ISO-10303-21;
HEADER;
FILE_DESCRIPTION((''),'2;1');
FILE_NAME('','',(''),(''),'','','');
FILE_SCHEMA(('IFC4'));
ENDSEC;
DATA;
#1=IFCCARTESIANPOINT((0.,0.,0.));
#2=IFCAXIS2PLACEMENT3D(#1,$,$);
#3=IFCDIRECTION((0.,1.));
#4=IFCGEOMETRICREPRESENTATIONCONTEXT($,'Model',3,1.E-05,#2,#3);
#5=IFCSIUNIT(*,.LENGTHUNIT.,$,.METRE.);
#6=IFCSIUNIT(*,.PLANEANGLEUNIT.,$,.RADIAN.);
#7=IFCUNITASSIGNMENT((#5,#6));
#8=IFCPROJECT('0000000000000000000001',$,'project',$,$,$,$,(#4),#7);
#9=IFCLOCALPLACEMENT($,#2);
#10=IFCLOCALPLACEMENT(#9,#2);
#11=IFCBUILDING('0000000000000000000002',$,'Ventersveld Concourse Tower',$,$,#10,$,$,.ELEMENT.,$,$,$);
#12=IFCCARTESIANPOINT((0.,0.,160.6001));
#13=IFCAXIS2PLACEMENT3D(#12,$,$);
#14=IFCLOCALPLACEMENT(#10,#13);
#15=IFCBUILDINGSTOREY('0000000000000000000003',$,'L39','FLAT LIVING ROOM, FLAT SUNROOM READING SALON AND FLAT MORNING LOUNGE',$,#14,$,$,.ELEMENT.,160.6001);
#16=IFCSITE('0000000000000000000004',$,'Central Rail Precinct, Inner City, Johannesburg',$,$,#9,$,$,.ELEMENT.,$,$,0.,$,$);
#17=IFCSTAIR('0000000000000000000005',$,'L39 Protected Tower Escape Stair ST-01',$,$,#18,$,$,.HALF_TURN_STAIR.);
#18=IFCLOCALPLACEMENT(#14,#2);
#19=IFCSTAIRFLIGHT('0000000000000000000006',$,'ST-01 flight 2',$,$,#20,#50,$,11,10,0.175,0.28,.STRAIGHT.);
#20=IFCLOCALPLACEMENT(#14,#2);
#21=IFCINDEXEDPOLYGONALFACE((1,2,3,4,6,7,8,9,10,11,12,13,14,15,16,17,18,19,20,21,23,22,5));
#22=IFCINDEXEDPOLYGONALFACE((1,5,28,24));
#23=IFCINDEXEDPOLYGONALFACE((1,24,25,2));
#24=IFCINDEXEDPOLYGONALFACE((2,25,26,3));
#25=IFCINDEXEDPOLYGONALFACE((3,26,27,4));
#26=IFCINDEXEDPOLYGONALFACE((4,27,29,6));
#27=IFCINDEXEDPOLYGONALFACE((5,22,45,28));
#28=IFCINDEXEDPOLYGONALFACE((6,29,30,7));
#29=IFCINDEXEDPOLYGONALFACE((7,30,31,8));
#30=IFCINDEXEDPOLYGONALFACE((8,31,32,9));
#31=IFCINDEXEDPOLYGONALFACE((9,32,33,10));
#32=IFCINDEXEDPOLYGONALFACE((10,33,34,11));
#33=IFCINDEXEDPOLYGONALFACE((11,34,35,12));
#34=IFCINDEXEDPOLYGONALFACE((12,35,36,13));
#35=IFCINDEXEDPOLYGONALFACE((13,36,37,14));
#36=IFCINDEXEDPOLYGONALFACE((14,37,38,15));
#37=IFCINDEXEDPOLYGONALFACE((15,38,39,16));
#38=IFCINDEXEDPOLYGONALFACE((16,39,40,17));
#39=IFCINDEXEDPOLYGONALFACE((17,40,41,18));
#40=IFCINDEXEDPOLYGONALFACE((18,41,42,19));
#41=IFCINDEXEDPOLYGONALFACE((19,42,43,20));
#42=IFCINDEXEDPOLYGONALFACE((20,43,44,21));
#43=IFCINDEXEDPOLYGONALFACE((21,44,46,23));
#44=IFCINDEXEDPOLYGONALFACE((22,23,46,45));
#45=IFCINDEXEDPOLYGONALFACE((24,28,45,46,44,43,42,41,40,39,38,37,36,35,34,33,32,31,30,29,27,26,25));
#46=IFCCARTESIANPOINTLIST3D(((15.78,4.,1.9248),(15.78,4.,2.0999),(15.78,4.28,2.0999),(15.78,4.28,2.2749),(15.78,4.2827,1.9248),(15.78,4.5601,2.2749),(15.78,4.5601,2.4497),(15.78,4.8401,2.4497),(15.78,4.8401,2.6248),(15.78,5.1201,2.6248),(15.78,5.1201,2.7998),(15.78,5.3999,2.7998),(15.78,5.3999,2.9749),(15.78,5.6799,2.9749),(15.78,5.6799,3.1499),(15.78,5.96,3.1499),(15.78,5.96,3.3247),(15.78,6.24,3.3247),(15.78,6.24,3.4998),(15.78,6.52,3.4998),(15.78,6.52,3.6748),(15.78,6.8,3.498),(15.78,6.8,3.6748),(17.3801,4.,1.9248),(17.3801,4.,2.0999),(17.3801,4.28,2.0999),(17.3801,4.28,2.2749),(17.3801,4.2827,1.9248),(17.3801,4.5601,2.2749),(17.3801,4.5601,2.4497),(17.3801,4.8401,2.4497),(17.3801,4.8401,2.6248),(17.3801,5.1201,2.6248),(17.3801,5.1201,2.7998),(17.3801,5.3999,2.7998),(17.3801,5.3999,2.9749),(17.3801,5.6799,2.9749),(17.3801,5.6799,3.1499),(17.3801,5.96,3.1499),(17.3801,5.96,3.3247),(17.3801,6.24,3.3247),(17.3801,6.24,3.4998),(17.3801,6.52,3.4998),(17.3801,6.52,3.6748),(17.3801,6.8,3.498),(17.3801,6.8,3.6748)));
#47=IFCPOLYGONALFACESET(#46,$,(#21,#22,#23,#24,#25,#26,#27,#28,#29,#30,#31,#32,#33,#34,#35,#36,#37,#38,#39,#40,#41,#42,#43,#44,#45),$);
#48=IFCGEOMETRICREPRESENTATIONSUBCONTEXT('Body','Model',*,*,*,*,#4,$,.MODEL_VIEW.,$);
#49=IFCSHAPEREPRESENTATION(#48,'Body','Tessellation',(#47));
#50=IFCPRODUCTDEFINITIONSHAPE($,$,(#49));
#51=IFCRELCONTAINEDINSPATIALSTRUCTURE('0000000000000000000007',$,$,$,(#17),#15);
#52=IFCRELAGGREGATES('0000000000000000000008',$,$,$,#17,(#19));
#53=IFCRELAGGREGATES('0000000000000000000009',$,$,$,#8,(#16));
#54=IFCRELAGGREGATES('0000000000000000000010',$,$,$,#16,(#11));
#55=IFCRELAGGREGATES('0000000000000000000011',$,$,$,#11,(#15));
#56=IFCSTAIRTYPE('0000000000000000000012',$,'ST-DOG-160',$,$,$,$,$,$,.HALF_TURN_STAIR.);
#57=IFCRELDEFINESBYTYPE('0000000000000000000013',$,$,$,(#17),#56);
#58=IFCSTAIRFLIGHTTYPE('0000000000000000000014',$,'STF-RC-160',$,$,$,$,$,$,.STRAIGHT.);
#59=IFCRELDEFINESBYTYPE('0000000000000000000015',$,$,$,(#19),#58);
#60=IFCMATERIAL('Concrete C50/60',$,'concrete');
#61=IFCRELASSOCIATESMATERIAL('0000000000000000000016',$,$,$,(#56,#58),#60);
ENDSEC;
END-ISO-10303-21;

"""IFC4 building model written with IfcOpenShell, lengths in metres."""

from ifc_helpers import new_model, si_unit, direction, frame, origin, place, context, subcontext, project, spatial, polyline, outline, extrude, material, type_object, element, aggregate, save


model = new_model("IFC4")

# Units and contexts
model_context = context("Model", 3, precision=1e-05, world=origin(), true_north=direction((0.0, 1.0)))
body_context = subcontext(model_context, "Body", "Model", "MODEL_VIEW")
ifc_project = project(units=[si_unit("LENGTHUNIT", "METRE"), si_unit("PLANEANGLEUNIT", "RADIAN")], contexts=[model_context])

# Site, building, storey
site_placement = place(None, origin())
site = spatial("IfcSite", under=ifc_project, at=site_placement, Name="Central Rail Precinct, Inner City, Johannesburg", CompositionType="ELEMENT", RefElevation=0.0)
building_placement = place(site_placement, origin())
building = spatial("IfcBuilding", under=site, at=building_placement, Name="Ventersveld Concourse Tower", CompositionType="ELEMENT")
storey_placement = place(building_placement, frame((0.0, 0.0, 160.6001)))
storey = spatial("IfcBuildingStorey", under=building, at=storey_placement, Name="L39", Description="FLAT LIVING ROOM, FLAT SUNROOM READING SALON AND FLAT MORNING LOUNGE", CompositionType="ELEMENT", Elevation=160.6001)

# Shared definitions
ifc_material_1 = material(Name="Concrete C50/60", Category="concrete")

# Stair, stair flight
stair_type = type_object("IfcStairType", Name="ST-DOG-160", PredefinedType="HALF_TURN_STAIR", material=ifc_material_1)
stair_placement = place(storey_placement, origin())
stair = element("IfcStair", 1, at=stair_placement, inside=storey, type_object=stair_type, Name="L39 Protected Tower Escape Stair ST-01", PredefinedType="HALF_TURN_STAIR")
stair_flight_type = type_object("IfcStairFlightType", Name="STF-RC-160", PredefinedType="STRAIGHT", material=ifc_material_1)
stair_flight_placement = place(storey_placement, frame((16.5801, 4.0, 1.9248), z_axis=(0.0, 0.0, 1.0), x_axis=(0.0, 1.0, 0.0)))
stair_flight = element("IfcStairFlight", 2, at=stair_flight_placement, type_object=stair_flight_type, Name="ST-01 flight 2", NumberOfRisers=11, NumberOfTreads=10, PredefinedType="STRAIGHT", RiserHeight=0.175, TreadLength=0.28, context=body_context, shape_type="SweptSolid", body=[
    extrude(outline(polyline([(0.0, 0.0), (0.0, 0.175), (0.28, 0.175), (0.28, 0.3501), (0.5601, 0.3501), (0.5601, 0.5249), (0.8401, 0.5249), (0.8401, 0.7), (1.1201, 0.7), (1.1201, 0.875), (1.3999, 0.875), (1.3999, 1.05), (1.6799, 1.05), (1.6799, 1.2251), (1.96, 1.2251), (1.96, 1.3999), (2.24, 1.3999), (2.24, 1.575), (2.52, 1.575), (2.52, 1.75), (2.8, 1.75), (2.8, 1.925), (2.8, 1.5732), (0.2827, 0.0), (0.0, 0.0)])), frame((0.0, 0.8, 0.0), z_axis=(0.0, -1.0, 0.0), x_axis=(1.0, 0.0, 0.0)), (0.0, 0.0, 1.0), 1.6001),
])
aggregate(stair, [stair_flight])

save(model, "model.ifc")
